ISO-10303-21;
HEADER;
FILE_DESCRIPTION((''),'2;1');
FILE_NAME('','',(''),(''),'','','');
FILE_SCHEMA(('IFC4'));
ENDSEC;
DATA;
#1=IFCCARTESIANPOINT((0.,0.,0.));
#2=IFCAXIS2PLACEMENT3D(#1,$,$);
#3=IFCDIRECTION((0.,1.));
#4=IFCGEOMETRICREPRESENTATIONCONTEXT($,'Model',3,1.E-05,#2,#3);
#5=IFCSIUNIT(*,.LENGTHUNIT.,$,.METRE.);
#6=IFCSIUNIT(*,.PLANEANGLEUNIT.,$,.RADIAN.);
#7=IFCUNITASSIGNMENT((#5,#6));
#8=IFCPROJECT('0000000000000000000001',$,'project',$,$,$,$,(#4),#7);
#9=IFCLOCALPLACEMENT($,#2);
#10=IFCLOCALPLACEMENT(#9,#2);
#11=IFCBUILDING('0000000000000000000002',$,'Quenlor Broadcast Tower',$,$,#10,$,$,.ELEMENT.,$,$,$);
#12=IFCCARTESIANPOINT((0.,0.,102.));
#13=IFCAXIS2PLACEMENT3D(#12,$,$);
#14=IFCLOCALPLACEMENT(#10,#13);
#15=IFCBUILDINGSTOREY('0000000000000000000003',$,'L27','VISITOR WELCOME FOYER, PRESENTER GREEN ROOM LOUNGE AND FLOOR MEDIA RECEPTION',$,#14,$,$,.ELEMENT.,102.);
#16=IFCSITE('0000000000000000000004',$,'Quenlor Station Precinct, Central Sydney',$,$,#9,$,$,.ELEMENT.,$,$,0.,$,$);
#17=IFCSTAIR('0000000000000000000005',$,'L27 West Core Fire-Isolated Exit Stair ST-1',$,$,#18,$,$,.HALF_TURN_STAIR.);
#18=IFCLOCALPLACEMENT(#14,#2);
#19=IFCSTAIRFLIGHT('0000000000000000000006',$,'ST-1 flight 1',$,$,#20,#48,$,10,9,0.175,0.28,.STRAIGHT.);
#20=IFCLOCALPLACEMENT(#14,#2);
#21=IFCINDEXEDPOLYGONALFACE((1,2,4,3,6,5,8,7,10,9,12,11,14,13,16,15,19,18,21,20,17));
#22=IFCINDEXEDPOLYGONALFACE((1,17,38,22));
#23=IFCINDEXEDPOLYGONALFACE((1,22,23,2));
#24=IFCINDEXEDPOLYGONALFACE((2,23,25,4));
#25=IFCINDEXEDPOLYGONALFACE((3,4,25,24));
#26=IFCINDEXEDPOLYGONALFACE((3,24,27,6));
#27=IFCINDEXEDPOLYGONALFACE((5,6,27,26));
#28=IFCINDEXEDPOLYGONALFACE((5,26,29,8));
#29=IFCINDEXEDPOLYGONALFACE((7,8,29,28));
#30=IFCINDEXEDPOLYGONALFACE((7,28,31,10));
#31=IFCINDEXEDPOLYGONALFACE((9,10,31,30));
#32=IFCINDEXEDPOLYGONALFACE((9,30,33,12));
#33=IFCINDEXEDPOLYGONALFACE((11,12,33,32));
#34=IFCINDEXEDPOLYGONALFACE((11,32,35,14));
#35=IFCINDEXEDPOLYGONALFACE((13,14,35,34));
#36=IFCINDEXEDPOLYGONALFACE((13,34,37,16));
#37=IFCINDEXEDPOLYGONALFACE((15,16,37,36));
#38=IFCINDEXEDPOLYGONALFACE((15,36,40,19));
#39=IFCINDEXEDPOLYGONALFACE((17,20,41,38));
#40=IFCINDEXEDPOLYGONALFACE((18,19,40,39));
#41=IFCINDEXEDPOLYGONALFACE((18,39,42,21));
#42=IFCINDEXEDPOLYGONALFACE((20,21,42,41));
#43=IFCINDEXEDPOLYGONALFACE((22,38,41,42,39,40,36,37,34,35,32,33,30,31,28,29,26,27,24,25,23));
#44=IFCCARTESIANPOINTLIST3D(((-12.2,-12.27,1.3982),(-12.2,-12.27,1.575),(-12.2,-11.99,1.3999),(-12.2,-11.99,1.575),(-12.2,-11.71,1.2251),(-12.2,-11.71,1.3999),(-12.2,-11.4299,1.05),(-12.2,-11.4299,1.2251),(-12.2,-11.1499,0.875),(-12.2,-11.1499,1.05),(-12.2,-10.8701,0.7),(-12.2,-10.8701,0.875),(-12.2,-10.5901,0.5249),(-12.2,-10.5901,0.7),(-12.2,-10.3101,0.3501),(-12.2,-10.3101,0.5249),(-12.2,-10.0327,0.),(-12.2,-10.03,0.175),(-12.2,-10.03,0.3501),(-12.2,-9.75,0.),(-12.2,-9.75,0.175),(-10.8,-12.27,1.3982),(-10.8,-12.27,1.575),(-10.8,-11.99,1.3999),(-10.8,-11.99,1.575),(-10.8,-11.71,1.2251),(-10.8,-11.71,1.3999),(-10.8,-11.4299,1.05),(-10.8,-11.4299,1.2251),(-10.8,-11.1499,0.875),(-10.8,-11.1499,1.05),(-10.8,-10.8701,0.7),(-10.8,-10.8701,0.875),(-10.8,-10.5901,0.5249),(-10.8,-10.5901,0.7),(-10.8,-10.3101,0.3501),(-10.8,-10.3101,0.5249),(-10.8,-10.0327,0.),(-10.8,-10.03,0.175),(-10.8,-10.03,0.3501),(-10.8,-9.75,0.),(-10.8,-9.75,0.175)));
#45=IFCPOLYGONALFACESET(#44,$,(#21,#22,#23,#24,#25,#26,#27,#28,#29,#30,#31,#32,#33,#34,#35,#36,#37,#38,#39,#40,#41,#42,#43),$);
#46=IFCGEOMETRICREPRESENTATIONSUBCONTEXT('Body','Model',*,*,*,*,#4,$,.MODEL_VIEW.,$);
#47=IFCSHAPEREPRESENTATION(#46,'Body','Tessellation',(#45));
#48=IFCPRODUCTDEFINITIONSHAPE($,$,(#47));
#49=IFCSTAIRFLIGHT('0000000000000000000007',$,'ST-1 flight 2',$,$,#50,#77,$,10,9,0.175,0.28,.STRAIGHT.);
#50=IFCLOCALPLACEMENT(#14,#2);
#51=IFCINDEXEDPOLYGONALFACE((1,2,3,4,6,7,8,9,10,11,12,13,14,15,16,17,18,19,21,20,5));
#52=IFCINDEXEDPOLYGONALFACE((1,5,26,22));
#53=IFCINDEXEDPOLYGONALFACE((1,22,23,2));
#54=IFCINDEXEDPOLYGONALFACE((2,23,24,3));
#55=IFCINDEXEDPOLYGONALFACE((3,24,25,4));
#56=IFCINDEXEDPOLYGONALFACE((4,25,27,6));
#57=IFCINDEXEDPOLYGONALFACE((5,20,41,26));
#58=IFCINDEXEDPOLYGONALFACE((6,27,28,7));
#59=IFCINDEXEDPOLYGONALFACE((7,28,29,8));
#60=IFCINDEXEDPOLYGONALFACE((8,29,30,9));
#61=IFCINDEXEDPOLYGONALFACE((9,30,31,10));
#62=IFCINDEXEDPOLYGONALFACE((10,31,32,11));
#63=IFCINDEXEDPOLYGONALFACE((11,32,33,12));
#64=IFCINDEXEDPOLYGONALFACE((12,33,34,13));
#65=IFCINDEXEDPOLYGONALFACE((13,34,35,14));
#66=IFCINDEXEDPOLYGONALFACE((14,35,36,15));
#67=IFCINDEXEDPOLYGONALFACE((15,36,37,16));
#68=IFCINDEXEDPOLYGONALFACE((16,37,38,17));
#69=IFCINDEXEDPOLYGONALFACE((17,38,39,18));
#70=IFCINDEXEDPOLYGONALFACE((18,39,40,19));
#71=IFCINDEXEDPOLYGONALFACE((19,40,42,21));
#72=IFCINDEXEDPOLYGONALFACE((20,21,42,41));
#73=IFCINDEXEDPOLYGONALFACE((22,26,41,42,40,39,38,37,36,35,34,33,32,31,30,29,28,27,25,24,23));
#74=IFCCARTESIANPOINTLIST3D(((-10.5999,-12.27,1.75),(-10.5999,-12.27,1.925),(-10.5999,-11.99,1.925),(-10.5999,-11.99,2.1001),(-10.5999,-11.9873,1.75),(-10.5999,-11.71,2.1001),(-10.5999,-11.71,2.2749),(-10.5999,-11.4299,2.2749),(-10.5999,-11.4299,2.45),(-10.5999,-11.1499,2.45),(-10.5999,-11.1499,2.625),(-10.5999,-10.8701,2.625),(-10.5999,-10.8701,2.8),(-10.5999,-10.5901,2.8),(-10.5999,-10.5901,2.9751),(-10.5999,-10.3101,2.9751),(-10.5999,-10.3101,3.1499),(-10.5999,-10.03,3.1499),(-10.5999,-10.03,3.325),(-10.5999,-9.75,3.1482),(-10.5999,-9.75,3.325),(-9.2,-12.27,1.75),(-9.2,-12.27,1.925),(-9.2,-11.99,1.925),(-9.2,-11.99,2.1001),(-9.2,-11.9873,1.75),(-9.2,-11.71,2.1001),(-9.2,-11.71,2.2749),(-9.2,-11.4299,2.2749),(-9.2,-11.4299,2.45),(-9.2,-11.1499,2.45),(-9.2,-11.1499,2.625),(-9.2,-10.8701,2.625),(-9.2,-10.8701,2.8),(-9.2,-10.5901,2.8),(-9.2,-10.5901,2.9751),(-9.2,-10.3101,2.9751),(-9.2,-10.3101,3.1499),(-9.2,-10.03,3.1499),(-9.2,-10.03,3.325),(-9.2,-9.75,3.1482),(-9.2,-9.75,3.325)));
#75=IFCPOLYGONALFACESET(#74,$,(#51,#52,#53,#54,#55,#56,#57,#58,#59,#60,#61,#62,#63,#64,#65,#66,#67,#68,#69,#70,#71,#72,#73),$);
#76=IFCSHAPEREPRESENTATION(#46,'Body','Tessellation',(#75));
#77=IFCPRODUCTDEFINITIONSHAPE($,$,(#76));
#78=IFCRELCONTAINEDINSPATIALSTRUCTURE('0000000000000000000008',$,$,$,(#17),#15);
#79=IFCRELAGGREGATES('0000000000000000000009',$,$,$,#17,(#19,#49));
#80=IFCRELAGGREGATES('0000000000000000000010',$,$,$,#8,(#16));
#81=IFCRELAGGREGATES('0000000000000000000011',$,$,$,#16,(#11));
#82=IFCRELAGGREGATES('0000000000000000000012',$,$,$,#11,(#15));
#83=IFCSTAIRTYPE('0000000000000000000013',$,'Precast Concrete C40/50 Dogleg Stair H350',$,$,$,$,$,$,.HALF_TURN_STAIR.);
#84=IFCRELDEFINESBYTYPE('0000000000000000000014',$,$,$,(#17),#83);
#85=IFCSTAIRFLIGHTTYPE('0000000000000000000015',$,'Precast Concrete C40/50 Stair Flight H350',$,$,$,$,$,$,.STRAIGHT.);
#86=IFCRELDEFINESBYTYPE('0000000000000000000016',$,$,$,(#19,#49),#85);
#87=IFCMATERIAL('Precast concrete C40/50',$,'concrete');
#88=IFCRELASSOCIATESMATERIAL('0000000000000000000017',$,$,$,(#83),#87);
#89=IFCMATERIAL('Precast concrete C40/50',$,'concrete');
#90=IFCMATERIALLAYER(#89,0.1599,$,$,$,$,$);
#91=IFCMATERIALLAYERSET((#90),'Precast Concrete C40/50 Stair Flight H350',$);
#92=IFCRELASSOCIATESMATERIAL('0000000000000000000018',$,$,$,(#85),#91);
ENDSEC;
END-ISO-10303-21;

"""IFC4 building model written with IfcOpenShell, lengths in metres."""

from ifc_helpers import new_model, si_unit, direction, frame, origin, place, context, subcontext, project, spatial, polyline, outline, extrude, material, layer, layer_set, type_object, element, aggregate, save


model = new_model("IFC4")

# Units and contexts
model_context = context("Model", 3, precision=1e-05, world=origin(), true_north=direction((0.0, 1.0)))
body_context = subcontext(model_context, "Body", "Model", "MODEL_VIEW")
ifc_project = project(units=[si_unit("LENGTHUNIT", "METRE"), si_unit("PLANEANGLEUNIT", "RADIAN")], contexts=[model_context])

# Site, building, storey
site_placement = place(None, origin())
site = spatial("IfcSite", under=ifc_project, at=site_placement, Name="Quenlor Station Precinct, Central Sydney", CompositionType="ELEMENT", RefElevation=0.0)
building_placement = place(site_placement, origin())
building = spatial("IfcBuilding", under=site, at=building_placement, Name="Quenlor Broadcast Tower", CompositionType="ELEMENT")
storey_placement = place(building_placement, frame((0.0, 0.0, 102.0)))
storey = spatial("IfcBuildingStorey", under=building, at=storey_placement, Name="L27", Description="VISITOR WELCOME FOYER, PRESENTER GREEN ROOM LOUNGE AND FLOOR MEDIA RECEPTION", CompositionType="ELEMENT", Elevation=102.0)

# Stair, stair flights
ifc_material_1 = material(Name="Precast concrete C40/50", Category="concrete")
stair_type = type_object("IfcStairType", Name="Precast Concrete C40/50 Dogleg Stair H350", PredefinedType="HALF_TURN_STAIR", material=ifc_material_1)
stair_placement = place(storey_placement, origin())
stair = element("IfcStair", 1, at=stair_placement, inside=storey, type_object=stair_type, Name="L27 West Core Fire-Isolated Exit Stair ST-1", PredefinedType="HALF_TURN_STAIR")
ifc_material_2 = material(Name="Precast concrete C40/50", Category="concrete")
ifc_layer_1 = layer(ifc_material_2, 0.1599)
ifc_layer_set_1 = layer_set([ifc_layer_1], Name="Precast Concrete C40/50 Stair Flight H350")
stair_flight_type = type_object("IfcStairFlightType", Name="Precast Concrete C40/50 Stair Flight H350", PredefinedType="STRAIGHT", material=ifc_layer_set_1)
stair_flight_1_placement = place(storey_placement, frame((-11.5, -9.75, 0.0), z_axis=(0.0, 0.0, 1.0), x_axis=(0.0, -1.0, 0.0)))
stair_flight_1 = element("IfcStairFlight", 2, at=stair_flight_1_placement, type_object=stair_flight_type, Name="ST-1 flight 1", NumberOfRisers=10, NumberOfTreads=9, PredefinedType="STRAIGHT", RiserHeight=0.175, TreadLength=0.28, context=body_context, shape_type="SweptSolid", body=[
    extrude(outline(polyline([(0.0, 0.0), (0.0, 0.175), (0.28, 0.175), (0.28, 0.3501), (0.5601, 0.3501), (0.5601, 0.5249), (0.8401, 0.5249), (0.8401, 0.7), (1.1201, 0.7), (1.1201, 0.875), (1.3999, 0.875), (1.3999, 1.05), (1.6799, 1.05), (1.6799, 1.2251), (1.96, 1.2251), (1.96, 1.3999), (2.24, 1.3999), (2.24, 1.575), (2.52, 1.575), (2.52, 1.75), (2.52, 1.3982), (0.2827, 0.0), (0.0, 0.0)])), frame((0.0, 0.7, 0.0), z_axis=(0.0, -1.0, 0.0), x_axis=(1.0, 0.0, 0.0)), (0.0, 0.0, 1.0), 1.3999),
])
stair_flight_2_placement = place(storey_placement, frame((-9.8999, -12.27, 1.75), z_axis=(0.0, 0.0, 1.0), x_axis=(0.0, 1.0, 0.0)))
stair_flight_2 = element("IfcStairFlight", 3, at=stair_flight_2_placement, type_object=stair_flight_type, Name="ST-1 flight 2", NumberOfRisers=10, NumberOfTreads=9, PredefinedType="STRAIGHT", RiserHeight=0.175, TreadLength=0.28, context=body_context, shape_type="SweptSolid", body=[
    extrude(outline(polyline([(0.0, 0.0), (0.0, 0.175), (0.28, 0.175), (0.28, 0.3501), (0.5601, 0.3501), (0.5601, 0.5249), (0.8401, 0.5249), (0.8401, 0.7), (1.1201, 0.7), (1.1201, 0.875), (1.3999, 0.875), (1.3999, 1.05), (1.6799, 1.05), (1.6799, 1.2251), (1.96, 1.2251), (1.96, 1.3999), (2.24, 1.3999), (2.24, 1.575), (2.52, 1.575), (2.52, 1.75), (2.52, 1.3982), (0.2827, 0.0), (0.0, 0.0)])), frame((0.0, 0.7, 0.0), z_axis=(0.0, -1.0, 0.0), x_axis=(1.0, 0.0, 0.0)), (0.0, 0.0, 1.0), 1.3999),
])
aggregate(stair, [stair_flight_1, stair_flight_2])

save(model, "model.ifc")
